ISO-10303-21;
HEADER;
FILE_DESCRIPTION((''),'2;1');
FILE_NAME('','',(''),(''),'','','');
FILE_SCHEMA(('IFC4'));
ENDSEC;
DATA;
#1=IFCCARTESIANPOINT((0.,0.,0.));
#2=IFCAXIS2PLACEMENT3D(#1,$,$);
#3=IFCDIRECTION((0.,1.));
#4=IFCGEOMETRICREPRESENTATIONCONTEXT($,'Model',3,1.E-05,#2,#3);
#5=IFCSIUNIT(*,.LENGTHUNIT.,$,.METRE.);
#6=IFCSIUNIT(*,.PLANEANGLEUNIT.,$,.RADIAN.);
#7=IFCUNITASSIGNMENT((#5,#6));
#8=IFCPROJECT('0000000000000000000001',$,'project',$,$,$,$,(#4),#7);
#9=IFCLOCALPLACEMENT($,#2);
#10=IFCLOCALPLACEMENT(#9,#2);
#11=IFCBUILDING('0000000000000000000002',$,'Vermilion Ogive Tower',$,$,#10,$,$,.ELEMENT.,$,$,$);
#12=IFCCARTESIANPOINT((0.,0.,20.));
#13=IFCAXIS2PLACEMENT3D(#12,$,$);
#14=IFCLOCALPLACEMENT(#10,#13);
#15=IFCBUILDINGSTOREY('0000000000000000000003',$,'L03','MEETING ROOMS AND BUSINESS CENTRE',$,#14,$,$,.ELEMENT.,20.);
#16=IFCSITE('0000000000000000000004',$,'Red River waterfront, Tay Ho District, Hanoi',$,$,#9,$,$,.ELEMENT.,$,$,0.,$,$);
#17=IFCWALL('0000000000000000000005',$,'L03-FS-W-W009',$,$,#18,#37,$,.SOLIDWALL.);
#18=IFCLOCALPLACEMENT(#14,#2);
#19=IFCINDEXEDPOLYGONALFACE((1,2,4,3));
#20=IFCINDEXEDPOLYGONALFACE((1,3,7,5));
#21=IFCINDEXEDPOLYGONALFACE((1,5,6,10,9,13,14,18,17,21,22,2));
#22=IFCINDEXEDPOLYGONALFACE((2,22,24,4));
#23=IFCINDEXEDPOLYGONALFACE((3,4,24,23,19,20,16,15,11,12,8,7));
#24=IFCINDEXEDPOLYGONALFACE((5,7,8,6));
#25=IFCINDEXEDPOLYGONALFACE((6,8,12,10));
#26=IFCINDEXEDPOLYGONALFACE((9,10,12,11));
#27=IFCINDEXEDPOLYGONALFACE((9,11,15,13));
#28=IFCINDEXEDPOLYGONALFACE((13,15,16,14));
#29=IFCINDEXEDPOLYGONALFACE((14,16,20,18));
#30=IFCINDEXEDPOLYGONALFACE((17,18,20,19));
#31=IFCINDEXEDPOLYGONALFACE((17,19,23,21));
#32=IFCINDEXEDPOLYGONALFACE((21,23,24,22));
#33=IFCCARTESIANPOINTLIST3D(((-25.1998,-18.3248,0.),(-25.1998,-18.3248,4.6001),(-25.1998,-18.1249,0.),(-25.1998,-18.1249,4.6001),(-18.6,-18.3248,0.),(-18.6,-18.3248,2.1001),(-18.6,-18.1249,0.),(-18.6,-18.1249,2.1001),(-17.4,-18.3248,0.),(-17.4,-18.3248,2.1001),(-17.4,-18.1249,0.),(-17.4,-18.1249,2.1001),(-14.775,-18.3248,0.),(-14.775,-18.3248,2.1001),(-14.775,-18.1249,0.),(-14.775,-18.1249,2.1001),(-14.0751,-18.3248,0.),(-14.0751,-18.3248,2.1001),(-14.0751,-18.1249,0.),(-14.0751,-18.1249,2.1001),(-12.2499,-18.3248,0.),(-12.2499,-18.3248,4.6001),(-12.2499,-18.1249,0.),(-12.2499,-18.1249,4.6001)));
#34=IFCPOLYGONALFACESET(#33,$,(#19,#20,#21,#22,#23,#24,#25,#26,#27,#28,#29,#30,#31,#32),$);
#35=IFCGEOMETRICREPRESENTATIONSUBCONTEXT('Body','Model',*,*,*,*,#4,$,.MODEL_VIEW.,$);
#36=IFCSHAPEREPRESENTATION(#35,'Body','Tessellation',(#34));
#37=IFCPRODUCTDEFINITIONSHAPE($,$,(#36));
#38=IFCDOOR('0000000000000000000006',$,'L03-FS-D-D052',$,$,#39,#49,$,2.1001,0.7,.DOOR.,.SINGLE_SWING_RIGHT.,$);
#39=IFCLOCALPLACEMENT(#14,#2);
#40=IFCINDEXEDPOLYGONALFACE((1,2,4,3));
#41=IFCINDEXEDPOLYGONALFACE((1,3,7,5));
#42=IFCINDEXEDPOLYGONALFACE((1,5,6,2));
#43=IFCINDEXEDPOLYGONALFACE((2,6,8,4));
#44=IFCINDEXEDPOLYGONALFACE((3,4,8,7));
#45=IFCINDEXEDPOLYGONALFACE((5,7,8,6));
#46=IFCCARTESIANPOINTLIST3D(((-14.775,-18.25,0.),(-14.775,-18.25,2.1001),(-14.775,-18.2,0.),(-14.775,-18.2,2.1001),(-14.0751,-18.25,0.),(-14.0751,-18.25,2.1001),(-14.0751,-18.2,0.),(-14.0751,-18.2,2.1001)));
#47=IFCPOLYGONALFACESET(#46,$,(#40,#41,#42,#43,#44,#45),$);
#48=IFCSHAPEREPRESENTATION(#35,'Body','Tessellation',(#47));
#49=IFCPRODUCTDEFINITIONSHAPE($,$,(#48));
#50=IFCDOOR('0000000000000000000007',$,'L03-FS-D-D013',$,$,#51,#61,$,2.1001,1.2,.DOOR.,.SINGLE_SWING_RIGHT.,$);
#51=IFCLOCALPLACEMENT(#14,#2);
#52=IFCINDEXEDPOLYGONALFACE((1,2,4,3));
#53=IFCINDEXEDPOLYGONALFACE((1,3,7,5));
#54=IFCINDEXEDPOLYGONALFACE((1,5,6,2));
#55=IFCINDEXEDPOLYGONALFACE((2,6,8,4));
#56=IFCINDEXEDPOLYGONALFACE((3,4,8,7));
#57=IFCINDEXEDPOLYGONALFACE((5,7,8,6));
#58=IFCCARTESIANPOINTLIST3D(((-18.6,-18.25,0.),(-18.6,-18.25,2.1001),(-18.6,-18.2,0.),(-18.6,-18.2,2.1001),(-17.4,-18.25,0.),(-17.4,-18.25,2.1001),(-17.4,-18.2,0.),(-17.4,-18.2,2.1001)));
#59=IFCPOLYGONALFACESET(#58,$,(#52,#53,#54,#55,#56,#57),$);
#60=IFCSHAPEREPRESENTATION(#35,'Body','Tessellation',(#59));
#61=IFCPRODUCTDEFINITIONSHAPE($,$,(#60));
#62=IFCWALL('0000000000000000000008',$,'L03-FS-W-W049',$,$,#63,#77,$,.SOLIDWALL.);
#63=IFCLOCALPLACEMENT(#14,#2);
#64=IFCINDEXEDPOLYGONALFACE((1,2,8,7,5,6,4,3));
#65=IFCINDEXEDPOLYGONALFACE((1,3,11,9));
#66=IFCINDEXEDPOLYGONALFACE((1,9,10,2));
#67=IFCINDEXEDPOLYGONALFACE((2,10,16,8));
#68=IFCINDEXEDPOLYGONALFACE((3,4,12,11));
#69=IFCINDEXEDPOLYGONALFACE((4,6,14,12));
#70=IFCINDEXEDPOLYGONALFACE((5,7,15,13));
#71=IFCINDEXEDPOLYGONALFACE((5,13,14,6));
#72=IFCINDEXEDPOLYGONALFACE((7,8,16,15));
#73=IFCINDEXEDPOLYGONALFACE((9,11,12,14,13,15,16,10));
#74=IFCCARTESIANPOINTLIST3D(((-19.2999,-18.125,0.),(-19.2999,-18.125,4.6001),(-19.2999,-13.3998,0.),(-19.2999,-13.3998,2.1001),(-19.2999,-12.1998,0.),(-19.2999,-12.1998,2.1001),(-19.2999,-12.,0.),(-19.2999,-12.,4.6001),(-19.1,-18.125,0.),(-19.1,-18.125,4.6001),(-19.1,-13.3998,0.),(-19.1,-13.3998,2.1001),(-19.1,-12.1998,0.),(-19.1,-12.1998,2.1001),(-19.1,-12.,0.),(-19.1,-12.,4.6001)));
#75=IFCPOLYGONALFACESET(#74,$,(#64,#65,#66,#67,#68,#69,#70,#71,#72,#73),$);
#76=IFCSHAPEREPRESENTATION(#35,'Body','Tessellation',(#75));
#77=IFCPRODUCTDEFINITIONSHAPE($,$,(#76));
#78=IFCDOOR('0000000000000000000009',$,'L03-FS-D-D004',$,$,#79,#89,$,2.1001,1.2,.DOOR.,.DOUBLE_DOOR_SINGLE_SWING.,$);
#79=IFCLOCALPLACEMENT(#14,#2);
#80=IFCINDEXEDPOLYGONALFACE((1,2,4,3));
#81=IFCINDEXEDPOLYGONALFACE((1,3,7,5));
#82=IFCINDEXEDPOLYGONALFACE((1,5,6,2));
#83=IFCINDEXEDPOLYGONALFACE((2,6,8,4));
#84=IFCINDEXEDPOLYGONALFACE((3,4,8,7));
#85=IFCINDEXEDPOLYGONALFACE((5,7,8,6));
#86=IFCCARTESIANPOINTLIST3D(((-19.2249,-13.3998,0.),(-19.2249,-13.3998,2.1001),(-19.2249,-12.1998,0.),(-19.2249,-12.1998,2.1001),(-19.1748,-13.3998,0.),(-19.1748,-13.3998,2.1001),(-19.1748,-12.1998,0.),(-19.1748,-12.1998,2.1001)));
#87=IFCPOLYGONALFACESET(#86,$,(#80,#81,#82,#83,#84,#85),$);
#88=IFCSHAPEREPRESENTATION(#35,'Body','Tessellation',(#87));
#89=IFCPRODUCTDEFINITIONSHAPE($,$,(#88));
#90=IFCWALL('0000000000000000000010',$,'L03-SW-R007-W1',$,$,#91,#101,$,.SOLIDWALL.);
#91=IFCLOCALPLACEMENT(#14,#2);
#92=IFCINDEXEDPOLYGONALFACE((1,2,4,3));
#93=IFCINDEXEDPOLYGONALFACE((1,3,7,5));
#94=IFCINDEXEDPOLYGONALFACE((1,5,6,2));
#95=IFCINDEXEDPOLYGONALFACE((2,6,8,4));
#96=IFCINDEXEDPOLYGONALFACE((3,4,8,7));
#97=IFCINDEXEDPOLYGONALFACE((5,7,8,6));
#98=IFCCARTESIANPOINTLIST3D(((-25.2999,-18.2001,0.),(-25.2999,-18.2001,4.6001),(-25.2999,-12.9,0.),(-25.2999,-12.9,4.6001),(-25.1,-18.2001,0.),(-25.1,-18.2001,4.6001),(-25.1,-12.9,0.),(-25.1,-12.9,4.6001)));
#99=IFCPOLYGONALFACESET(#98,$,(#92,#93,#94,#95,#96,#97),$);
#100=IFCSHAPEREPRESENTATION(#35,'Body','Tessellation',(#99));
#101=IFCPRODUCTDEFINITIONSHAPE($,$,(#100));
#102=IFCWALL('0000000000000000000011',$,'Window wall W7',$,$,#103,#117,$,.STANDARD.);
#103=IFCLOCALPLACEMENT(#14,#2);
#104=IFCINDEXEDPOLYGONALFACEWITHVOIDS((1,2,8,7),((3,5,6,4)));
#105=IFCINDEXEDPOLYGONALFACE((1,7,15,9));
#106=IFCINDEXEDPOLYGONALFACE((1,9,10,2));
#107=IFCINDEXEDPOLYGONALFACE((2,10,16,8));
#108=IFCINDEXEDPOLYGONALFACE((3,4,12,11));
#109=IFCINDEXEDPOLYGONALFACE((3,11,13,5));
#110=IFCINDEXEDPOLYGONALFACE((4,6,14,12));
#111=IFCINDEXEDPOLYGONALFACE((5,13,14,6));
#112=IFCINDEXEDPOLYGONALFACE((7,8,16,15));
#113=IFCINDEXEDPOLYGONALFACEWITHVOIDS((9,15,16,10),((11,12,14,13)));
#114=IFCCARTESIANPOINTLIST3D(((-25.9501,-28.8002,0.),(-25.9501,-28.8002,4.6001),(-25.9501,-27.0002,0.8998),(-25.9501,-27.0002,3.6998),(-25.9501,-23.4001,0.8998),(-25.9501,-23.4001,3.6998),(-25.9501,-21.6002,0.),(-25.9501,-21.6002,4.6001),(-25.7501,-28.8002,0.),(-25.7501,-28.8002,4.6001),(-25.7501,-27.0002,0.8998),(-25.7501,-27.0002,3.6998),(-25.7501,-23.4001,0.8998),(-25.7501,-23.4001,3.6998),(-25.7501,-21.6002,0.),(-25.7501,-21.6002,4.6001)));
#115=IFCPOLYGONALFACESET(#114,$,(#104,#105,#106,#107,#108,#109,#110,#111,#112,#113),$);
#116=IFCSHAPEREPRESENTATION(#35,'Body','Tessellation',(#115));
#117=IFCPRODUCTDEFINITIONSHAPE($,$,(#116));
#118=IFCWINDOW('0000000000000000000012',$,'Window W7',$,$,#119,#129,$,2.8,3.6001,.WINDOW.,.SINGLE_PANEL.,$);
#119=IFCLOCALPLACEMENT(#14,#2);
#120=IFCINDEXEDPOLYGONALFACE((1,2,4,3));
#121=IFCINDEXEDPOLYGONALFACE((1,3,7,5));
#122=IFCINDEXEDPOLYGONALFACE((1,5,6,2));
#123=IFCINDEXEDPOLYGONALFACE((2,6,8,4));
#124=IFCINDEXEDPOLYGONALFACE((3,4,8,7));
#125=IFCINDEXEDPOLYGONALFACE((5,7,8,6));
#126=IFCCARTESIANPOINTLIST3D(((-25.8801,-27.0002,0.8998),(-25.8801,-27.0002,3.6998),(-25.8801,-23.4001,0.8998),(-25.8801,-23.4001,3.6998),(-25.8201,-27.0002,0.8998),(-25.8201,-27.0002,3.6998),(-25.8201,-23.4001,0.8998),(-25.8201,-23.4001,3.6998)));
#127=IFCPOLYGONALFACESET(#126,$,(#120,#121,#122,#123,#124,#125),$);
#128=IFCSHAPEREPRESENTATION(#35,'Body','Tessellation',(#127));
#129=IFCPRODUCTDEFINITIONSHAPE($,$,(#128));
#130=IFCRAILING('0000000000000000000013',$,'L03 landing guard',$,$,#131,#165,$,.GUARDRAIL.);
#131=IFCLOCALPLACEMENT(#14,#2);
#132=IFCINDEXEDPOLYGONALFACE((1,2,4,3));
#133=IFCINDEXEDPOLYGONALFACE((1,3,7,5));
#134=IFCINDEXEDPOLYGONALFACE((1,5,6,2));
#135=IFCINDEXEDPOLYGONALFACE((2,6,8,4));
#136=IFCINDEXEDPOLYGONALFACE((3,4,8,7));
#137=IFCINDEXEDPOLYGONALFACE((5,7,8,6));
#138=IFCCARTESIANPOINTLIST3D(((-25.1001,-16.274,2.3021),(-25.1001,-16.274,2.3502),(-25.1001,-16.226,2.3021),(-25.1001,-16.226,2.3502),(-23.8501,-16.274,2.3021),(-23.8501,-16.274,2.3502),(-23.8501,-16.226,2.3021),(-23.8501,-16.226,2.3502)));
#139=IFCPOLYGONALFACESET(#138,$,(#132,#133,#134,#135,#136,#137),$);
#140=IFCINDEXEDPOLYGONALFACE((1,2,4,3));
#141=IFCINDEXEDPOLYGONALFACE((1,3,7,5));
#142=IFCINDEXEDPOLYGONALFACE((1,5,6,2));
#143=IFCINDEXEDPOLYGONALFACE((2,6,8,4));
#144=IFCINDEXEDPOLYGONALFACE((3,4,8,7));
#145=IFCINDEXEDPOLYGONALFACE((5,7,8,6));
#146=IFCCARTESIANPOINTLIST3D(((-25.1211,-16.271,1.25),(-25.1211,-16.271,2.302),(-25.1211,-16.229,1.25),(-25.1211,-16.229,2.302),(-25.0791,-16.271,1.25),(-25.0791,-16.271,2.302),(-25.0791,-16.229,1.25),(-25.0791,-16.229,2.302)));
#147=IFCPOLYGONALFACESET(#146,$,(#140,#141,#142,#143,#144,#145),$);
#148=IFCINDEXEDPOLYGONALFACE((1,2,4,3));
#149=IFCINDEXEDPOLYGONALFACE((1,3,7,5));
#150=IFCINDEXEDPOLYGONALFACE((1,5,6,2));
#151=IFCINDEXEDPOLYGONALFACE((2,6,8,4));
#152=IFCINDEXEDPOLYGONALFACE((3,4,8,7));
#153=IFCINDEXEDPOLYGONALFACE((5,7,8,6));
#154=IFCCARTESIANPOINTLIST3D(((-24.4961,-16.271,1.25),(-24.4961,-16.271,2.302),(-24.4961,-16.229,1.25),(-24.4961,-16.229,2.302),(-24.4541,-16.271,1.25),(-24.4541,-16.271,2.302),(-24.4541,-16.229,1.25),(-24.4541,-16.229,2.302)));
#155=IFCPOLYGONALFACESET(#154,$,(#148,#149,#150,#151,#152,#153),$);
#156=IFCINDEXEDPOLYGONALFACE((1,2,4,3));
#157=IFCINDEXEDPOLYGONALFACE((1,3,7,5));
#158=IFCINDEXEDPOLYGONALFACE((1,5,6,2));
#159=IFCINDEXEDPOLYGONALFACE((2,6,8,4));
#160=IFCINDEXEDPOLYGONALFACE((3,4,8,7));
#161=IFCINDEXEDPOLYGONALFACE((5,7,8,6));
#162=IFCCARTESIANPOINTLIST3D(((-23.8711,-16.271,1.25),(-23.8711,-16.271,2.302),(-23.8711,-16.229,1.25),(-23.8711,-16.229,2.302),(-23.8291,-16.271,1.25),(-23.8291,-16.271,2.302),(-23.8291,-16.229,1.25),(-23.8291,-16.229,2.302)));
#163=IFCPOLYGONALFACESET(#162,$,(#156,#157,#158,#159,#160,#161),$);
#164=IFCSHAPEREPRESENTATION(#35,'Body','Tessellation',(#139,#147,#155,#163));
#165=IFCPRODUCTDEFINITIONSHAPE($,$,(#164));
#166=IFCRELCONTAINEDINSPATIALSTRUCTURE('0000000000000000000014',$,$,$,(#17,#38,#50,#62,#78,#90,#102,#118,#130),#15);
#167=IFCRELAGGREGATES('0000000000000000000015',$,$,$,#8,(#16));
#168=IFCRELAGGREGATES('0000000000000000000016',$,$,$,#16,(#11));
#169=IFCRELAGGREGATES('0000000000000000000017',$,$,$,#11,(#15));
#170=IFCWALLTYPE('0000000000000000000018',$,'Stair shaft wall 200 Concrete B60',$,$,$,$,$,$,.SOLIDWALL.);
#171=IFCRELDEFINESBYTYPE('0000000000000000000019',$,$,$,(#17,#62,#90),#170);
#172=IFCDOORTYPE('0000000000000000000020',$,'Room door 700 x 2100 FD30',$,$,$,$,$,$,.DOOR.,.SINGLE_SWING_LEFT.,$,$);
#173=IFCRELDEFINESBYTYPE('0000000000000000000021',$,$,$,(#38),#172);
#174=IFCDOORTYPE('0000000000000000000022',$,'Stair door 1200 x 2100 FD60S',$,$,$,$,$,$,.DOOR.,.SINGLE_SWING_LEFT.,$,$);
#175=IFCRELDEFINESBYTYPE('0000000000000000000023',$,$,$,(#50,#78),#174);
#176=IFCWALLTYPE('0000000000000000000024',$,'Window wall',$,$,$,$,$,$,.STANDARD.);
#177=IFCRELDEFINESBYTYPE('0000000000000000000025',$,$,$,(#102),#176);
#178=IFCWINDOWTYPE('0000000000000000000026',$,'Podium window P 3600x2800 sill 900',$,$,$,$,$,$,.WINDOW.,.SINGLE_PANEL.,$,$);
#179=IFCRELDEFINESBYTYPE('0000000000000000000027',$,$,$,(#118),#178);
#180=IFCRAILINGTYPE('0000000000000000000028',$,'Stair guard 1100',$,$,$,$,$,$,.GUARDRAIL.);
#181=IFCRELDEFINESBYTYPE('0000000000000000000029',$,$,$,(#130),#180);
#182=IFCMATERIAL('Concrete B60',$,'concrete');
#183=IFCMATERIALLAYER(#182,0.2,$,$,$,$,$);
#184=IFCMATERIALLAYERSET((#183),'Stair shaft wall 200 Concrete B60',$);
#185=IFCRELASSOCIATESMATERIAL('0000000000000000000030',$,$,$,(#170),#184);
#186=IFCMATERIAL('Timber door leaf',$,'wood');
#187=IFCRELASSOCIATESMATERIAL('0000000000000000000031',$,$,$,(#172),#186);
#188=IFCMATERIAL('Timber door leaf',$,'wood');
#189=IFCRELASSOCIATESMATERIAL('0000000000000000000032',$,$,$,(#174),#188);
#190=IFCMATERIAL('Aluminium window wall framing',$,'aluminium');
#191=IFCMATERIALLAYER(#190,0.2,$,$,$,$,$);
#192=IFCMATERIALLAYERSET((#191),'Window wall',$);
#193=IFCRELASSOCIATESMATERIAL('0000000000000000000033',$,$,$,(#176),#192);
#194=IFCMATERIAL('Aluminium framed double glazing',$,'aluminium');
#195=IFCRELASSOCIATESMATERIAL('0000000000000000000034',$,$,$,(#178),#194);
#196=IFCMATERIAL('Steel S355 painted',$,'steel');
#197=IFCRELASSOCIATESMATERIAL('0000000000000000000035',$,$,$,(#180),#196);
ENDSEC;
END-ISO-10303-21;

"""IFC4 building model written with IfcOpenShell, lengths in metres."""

from ifc_helpers import new_model, si_unit, direction, frame, frame_2d, origin, origin_2d, place, context, subcontext, project, spatial, rectangle, extrude, material, layer, layer_set, type_object, element, fill, save


model = new_model("IFC4")

# Units and contexts
model_context = context("Model", 3, precision=1e-05, world=origin(), true_north=direction((0.0, 1.0)))
body_context = subcontext(model_context, "Body", "Model", "MODEL_VIEW")
ifc_project = project(units=[si_unit("LENGTHUNIT", "METRE"), si_unit("PLANEANGLEUNIT", "RADIAN")], contexts=[model_context])

# Site, building, storey
site_placement = place(None, origin())
site = spatial("IfcSite", under=ifc_project, at=site_placement, Name="Red River waterfront, Tay Ho District, Hanoi", CompositionType="ELEMENT", RefElevation=0.0)
building_placement = place(site_placement, origin())
building = spatial("IfcBuilding", under=site, at=building_placement, Name="Vermilion Ogive Tower", CompositionType="ELEMENT")
storey_placement = place(building_placement, frame((0.0, 0.0, 20.0)))
storey = spatial("IfcBuildingStorey", under=building, at=storey_placement, Name="L03", Description="MEETING ROOMS AND BUSINESS CENTRE", CompositionType="ELEMENT", Elevation=20.0)

# Wall, openings, doors
ifc_material_1 = material(Name="Concrete B60", Category="concrete")
ifc_layer_1 = layer(ifc_material_1, 0.2)
ifc_layer_set_1 = layer_set([ifc_layer_1], Name="Stair shaft wall 200 Concrete B60")
wall_type_1 = type_object("IfcWallType", Name="Stair shaft wall 200 Concrete B60", PredefinedType="SOLIDWALL", material=ifc_layer_set_1)
wall_1_placement = place(storey_placement, frame((-25.2, -18.2249, 0.0), z_axis=(0.0, 0.0, 1.0), x_axis=(1.0, 0.0, 0.0)))
wall_1 = element("IfcWall", 1, at=wall_1_placement, inside=storey, type_object=wall_type_1, Name="L03-FS-W-W009", PredefinedType="SOLIDWALL", context=body_context, shape_type="SweptSolid", body=[
    extrude(rectangle(XDim=12.95, YDim=0.2, at=frame_2d((6.4751, 0.0))), origin(), (0.0, 0.0, 1.0), 4.6001),
])
opening_1_placement = place(wall_1_placement, frame((6.5999, 0.0, 0.0)))
opening_1 = element("IfcOpeningElement", 2, at=opening_1_placement, cuts=wall_1, PredefinedType="OPENING", context=body_context, shape_type="SweptSolid", body=[
    extrude(rectangle(XDim=1.2, YDim=2.1001, at=frame_2d((0.6001, 1.05))), frame((0.0, 0.1099, 0.0), z_axis=(0.0, -1.0, 0.0), x_axis=(1.0, 0.0, 0.0)), (0.0, 0.0, 1.0), 0.22),
])
opening_2_placement = place(wall_1_placement, frame((10.4248, 0.0, 0.0)))
opening_2 = element("IfcOpeningElement", 3, at=opening_2_placement, cuts=wall_1, PredefinedType="OPENING", context=body_context, shape_type="SweptSolid", body=[
    extrude(rectangle(XDim=0.7, YDim=2.1001, at=frame_2d((0.3501, 1.05))), frame((0.0, 0.1099, 0.0), z_axis=(0.0, -1.0, 0.0), x_axis=(1.0, 0.0, 0.0)), (0.0, 0.0, 1.0), 0.22),
])
ifc_material_2 = material(Name="Timber door leaf", Category="wood")
door_type_1 = type_object("IfcDoorType", Name="Room door 700 x 2100 FD30", OperationType="SINGLE_SWING_LEFT", PredefinedType="DOOR", material=ifc_material_2)
door_1_placement = place(opening_2_placement, origin())
door_1 = element("IfcDoor", 4, at=door_1_placement, inside=storey, type_object=door_type_1, Name="L03-FS-D-D052", OperationType="SINGLE_SWING_RIGHT", OverallHeight=2.1001, OverallWidth=0.7, PredefinedType="DOOR", context=body_context, shape_type="SweptSolid", body=[
    extrude(rectangle(XDim=0.7, YDim=2.1001, at=frame_2d((0.3501, 1.05))), frame((0.0, 0.0249, 0.0), z_axis=(0.0, -1.0, 0.0), x_axis=(1.0, 0.0, 0.0)), (0.0, 0.0, 1.0), 0.05),
])
fill(opening_2, door_1)
ifc_material_3 = material(Name="Timber door leaf", Category="wood")
door_type_2 = type_object("IfcDoorType", Name="Stair door 1200 x 2100 FD60S", OperationType="SINGLE_SWING_LEFT", PredefinedType="DOOR", material=ifc_material_3)
door_2_placement = place(opening_1_placement, origin())
door_2 = element("IfcDoor", 5, at=door_2_placement, inside=storey, type_object=door_type_2, Name="L03-FS-D-D013", OperationType="SINGLE_SWING_RIGHT", OverallHeight=2.1001, OverallWidth=1.2, PredefinedType="DOOR", context=body_context, shape_type="SweptSolid", body=[
    extrude(rectangle(XDim=1.2, YDim=2.1001, at=frame_2d((0.6001, 1.05))), frame((0.0, 0.0249, 0.0), z_axis=(0.0, -1.0, 0.0), x_axis=(1.0, 0.0, 0.0)), (0.0, 0.0, 1.0), 0.05),
])
fill(opening_1, door_2)

# Wall, opening, door
wall_2_placement = place(storey_placement, frame((-19.2, -18.125, 0.0), z_axis=(0.0, 0.0, 1.0), x_axis=(0.0, 1.0, 0.0)))
wall_2 = element("IfcWall", 6, at=wall_2_placement, inside=storey, type_object=wall_type_1, Name="L03-FS-W-W049", PredefinedType="SOLIDWALL", context=body_context, shape_type="SweptSolid", body=[
    extrude(rectangle(XDim=6.125, YDim=0.2, at=frame_2d((3.0625, 0.0))), origin(), (0.0, 0.0, 1.0), 4.6001),
])
opening_3_placement = place(wall_2_placement, frame((4.7251, 0.0, 0.0)))
opening_3 = element("IfcOpeningElement", 7, at=opening_3_placement, cuts=wall_2, PredefinedType="OPENING", context=body_context, shape_type="SweptSolid", body=[
    extrude(rectangle(XDim=1.2, YDim=2.1001, at=frame_2d((0.6001, 1.05))), frame((0.0, 0.1099, 0.0), z_axis=(0.0, -1.0, 0.0), x_axis=(1.0, 0.0, 0.0)), (0.0, 0.0, 1.0), 0.22),
])
door_3_placement = place(opening_3_placement, origin())
door_3 = element("IfcDoor", 8, at=door_3_placement, inside=storey, type_object=door_type_2, Name="L03-FS-D-D004", OperationType="DOUBLE_DOOR_SINGLE_SWING", OverallHeight=2.1001, OverallWidth=1.2, PredefinedType="DOOR", context=body_context, shape_type="SweptSolid", body=[
    extrude(rectangle(XDim=1.2, YDim=2.1001, at=frame_2d((0.6001, 1.05))), frame((0.0, 0.0249, 0.0), z_axis=(0.0, -1.0, 0.0), x_axis=(1.0, 0.0, 0.0)), (0.0, 0.0, 1.0), 0.05),
])
fill(opening_3, door_3)

# Wall
wall_3_placement = place(storey_placement, frame((-25.2, -18.2, 0.0), z_axis=(0.0, 0.0, 1.0), x_axis=(0.0, 1.0, 0.0)))
element("IfcWall", 9, at=wall_3_placement, inside=storey, type_object=wall_type_1, Name="L03-SW-R007-W1", PredefinedType="SOLIDWALL", context=body_context, shape_type="SweptSolid", body=[
    extrude(rectangle(XDim=5.3, YDim=0.2, at=frame_2d((2.6499, 0.0))), origin(), (0.0, 0.0, 1.0), 4.6001),
])

# Wall, opening, window
ifc_material_4 = material(Name="Aluminium window wall framing", Category="aluminium")
ifc_layer_2 = layer(ifc_material_4, 0.2)
ifc_layer_set_2 = layer_set([ifc_layer_2], Name="Window wall")
wall_type_2 = type_object("IfcWallType", Name="Window wall", PredefinedType="STANDARD", material=ifc_layer_set_2)
wall_4_placement = place(storey_placement, frame((-25.8501, -21.6001, 0.0), z_axis=(0.0, 0.0, 1.0), x_axis=(0.0, -1.0, 0.0)))
wall_4 = element("IfcWall", 10, at=wall_4_placement, inside=storey, type_object=wall_type_2, Name="Window wall W7", PredefinedType="STANDARD", context=body_context, shape_type="SweptSolid", body=[
    extrude(rectangle(XDim=7.2, YDim=0.2, at=frame_2d((3.6001, 0.0))), origin(), (0.0, 0.0, 1.0), 4.6001),
])
opening_4_placement = place(wall_4_placement, frame((1.8, 0.0, 0.8999)))
opening_4 = element("IfcOpeningElement", 11, at=opening_4_placement, cuts=wall_4, PredefinedType="OPENING", context=body_context, shape_type="SweptSolid", body=[
    extrude(rectangle(XDim=3.6001, YDim=2.8, at=frame_2d((1.8, 1.3999))), frame((0.0, 0.1099, 0.0), z_axis=(0.0, -1.0, 0.0), x_axis=(1.0, 0.0, 0.0)), (0.0, 0.0, 1.0), 0.22),
])
ifc_material_5 = material(Name="Aluminium framed double glazing", Category="aluminium")
window_type = type_object("IfcWindowType", Name="Podium window P 3600x2800 sill 900", PartitioningType="SINGLE_PANEL", PredefinedType="WINDOW", material=ifc_material_5)
window_placement = place(opening_4_placement, origin())
window = element("IfcWindow", 12, at=window_placement, inside=storey, type_object=window_type, Name="Window W7", OverallHeight=2.8, OverallWidth=3.6001, PartitioningType="SINGLE_PANEL", PredefinedType="WINDOW", context=body_context, shape_type="SweptSolid", body=[
    extrude(rectangle(XDim=3.6001, YDim=2.8, at=frame_2d((1.8, 1.3999))), frame((0.0, 0.03, 0.0), z_axis=(0.0, -1.0, 0.0), x_axis=(1.0, 0.0, 0.0)), (0.0, 0.0, 1.0), 0.0601),
])
fill(opening_4, window)

# Railing
ifc_material_6 = material(Name="Steel S355 painted", Category="steel")
railing_type = type_object("IfcRailingType", Name="Stair guard 1100", PredefinedType="GUARDRAIL", material=ifc_material_6)
for number, where, name in (
    (13, (-25.1001, -16.25, 1.25), "L03 landing guard"),
):
    element("IfcRailing", number, at=place(storey_placement, frame(where)), inside=storey, type_object=railing_type, Name=name, PredefinedType="GUARDRAIL", context=body_context, shape_type="SweptSolid", body=[
        extrude(rectangle(XDim=0.0481, YDim=0.0481, at=origin_2d()), frame((0.0, 0.0, 1.0762), z_axis=(1.0, 0.0, 0.0), x_axis=(0.0, 1.0, 0.0)), (0.0, 0.0, 1.0), 1.25),
        extrude(rectangle(XDim=0.042, YDim=0.042, at=origin_2d()), origin(), (0.0, 0.0, 1.0), 1.052),
        extrude(rectangle(XDim=0.042, YDim=0.042, at=origin_2d()), frame((0.625, 0.0, 0.0)), (0.0, 0.0, 1.0), 1.052),
        extrude(rectangle(XDim=0.042, YDim=0.042, at=origin_2d()), frame((1.25, 0.0, 0.0)), (0.0, 0.0, 1.0), 1.052),
    ])

save(model, "model.ifc")
